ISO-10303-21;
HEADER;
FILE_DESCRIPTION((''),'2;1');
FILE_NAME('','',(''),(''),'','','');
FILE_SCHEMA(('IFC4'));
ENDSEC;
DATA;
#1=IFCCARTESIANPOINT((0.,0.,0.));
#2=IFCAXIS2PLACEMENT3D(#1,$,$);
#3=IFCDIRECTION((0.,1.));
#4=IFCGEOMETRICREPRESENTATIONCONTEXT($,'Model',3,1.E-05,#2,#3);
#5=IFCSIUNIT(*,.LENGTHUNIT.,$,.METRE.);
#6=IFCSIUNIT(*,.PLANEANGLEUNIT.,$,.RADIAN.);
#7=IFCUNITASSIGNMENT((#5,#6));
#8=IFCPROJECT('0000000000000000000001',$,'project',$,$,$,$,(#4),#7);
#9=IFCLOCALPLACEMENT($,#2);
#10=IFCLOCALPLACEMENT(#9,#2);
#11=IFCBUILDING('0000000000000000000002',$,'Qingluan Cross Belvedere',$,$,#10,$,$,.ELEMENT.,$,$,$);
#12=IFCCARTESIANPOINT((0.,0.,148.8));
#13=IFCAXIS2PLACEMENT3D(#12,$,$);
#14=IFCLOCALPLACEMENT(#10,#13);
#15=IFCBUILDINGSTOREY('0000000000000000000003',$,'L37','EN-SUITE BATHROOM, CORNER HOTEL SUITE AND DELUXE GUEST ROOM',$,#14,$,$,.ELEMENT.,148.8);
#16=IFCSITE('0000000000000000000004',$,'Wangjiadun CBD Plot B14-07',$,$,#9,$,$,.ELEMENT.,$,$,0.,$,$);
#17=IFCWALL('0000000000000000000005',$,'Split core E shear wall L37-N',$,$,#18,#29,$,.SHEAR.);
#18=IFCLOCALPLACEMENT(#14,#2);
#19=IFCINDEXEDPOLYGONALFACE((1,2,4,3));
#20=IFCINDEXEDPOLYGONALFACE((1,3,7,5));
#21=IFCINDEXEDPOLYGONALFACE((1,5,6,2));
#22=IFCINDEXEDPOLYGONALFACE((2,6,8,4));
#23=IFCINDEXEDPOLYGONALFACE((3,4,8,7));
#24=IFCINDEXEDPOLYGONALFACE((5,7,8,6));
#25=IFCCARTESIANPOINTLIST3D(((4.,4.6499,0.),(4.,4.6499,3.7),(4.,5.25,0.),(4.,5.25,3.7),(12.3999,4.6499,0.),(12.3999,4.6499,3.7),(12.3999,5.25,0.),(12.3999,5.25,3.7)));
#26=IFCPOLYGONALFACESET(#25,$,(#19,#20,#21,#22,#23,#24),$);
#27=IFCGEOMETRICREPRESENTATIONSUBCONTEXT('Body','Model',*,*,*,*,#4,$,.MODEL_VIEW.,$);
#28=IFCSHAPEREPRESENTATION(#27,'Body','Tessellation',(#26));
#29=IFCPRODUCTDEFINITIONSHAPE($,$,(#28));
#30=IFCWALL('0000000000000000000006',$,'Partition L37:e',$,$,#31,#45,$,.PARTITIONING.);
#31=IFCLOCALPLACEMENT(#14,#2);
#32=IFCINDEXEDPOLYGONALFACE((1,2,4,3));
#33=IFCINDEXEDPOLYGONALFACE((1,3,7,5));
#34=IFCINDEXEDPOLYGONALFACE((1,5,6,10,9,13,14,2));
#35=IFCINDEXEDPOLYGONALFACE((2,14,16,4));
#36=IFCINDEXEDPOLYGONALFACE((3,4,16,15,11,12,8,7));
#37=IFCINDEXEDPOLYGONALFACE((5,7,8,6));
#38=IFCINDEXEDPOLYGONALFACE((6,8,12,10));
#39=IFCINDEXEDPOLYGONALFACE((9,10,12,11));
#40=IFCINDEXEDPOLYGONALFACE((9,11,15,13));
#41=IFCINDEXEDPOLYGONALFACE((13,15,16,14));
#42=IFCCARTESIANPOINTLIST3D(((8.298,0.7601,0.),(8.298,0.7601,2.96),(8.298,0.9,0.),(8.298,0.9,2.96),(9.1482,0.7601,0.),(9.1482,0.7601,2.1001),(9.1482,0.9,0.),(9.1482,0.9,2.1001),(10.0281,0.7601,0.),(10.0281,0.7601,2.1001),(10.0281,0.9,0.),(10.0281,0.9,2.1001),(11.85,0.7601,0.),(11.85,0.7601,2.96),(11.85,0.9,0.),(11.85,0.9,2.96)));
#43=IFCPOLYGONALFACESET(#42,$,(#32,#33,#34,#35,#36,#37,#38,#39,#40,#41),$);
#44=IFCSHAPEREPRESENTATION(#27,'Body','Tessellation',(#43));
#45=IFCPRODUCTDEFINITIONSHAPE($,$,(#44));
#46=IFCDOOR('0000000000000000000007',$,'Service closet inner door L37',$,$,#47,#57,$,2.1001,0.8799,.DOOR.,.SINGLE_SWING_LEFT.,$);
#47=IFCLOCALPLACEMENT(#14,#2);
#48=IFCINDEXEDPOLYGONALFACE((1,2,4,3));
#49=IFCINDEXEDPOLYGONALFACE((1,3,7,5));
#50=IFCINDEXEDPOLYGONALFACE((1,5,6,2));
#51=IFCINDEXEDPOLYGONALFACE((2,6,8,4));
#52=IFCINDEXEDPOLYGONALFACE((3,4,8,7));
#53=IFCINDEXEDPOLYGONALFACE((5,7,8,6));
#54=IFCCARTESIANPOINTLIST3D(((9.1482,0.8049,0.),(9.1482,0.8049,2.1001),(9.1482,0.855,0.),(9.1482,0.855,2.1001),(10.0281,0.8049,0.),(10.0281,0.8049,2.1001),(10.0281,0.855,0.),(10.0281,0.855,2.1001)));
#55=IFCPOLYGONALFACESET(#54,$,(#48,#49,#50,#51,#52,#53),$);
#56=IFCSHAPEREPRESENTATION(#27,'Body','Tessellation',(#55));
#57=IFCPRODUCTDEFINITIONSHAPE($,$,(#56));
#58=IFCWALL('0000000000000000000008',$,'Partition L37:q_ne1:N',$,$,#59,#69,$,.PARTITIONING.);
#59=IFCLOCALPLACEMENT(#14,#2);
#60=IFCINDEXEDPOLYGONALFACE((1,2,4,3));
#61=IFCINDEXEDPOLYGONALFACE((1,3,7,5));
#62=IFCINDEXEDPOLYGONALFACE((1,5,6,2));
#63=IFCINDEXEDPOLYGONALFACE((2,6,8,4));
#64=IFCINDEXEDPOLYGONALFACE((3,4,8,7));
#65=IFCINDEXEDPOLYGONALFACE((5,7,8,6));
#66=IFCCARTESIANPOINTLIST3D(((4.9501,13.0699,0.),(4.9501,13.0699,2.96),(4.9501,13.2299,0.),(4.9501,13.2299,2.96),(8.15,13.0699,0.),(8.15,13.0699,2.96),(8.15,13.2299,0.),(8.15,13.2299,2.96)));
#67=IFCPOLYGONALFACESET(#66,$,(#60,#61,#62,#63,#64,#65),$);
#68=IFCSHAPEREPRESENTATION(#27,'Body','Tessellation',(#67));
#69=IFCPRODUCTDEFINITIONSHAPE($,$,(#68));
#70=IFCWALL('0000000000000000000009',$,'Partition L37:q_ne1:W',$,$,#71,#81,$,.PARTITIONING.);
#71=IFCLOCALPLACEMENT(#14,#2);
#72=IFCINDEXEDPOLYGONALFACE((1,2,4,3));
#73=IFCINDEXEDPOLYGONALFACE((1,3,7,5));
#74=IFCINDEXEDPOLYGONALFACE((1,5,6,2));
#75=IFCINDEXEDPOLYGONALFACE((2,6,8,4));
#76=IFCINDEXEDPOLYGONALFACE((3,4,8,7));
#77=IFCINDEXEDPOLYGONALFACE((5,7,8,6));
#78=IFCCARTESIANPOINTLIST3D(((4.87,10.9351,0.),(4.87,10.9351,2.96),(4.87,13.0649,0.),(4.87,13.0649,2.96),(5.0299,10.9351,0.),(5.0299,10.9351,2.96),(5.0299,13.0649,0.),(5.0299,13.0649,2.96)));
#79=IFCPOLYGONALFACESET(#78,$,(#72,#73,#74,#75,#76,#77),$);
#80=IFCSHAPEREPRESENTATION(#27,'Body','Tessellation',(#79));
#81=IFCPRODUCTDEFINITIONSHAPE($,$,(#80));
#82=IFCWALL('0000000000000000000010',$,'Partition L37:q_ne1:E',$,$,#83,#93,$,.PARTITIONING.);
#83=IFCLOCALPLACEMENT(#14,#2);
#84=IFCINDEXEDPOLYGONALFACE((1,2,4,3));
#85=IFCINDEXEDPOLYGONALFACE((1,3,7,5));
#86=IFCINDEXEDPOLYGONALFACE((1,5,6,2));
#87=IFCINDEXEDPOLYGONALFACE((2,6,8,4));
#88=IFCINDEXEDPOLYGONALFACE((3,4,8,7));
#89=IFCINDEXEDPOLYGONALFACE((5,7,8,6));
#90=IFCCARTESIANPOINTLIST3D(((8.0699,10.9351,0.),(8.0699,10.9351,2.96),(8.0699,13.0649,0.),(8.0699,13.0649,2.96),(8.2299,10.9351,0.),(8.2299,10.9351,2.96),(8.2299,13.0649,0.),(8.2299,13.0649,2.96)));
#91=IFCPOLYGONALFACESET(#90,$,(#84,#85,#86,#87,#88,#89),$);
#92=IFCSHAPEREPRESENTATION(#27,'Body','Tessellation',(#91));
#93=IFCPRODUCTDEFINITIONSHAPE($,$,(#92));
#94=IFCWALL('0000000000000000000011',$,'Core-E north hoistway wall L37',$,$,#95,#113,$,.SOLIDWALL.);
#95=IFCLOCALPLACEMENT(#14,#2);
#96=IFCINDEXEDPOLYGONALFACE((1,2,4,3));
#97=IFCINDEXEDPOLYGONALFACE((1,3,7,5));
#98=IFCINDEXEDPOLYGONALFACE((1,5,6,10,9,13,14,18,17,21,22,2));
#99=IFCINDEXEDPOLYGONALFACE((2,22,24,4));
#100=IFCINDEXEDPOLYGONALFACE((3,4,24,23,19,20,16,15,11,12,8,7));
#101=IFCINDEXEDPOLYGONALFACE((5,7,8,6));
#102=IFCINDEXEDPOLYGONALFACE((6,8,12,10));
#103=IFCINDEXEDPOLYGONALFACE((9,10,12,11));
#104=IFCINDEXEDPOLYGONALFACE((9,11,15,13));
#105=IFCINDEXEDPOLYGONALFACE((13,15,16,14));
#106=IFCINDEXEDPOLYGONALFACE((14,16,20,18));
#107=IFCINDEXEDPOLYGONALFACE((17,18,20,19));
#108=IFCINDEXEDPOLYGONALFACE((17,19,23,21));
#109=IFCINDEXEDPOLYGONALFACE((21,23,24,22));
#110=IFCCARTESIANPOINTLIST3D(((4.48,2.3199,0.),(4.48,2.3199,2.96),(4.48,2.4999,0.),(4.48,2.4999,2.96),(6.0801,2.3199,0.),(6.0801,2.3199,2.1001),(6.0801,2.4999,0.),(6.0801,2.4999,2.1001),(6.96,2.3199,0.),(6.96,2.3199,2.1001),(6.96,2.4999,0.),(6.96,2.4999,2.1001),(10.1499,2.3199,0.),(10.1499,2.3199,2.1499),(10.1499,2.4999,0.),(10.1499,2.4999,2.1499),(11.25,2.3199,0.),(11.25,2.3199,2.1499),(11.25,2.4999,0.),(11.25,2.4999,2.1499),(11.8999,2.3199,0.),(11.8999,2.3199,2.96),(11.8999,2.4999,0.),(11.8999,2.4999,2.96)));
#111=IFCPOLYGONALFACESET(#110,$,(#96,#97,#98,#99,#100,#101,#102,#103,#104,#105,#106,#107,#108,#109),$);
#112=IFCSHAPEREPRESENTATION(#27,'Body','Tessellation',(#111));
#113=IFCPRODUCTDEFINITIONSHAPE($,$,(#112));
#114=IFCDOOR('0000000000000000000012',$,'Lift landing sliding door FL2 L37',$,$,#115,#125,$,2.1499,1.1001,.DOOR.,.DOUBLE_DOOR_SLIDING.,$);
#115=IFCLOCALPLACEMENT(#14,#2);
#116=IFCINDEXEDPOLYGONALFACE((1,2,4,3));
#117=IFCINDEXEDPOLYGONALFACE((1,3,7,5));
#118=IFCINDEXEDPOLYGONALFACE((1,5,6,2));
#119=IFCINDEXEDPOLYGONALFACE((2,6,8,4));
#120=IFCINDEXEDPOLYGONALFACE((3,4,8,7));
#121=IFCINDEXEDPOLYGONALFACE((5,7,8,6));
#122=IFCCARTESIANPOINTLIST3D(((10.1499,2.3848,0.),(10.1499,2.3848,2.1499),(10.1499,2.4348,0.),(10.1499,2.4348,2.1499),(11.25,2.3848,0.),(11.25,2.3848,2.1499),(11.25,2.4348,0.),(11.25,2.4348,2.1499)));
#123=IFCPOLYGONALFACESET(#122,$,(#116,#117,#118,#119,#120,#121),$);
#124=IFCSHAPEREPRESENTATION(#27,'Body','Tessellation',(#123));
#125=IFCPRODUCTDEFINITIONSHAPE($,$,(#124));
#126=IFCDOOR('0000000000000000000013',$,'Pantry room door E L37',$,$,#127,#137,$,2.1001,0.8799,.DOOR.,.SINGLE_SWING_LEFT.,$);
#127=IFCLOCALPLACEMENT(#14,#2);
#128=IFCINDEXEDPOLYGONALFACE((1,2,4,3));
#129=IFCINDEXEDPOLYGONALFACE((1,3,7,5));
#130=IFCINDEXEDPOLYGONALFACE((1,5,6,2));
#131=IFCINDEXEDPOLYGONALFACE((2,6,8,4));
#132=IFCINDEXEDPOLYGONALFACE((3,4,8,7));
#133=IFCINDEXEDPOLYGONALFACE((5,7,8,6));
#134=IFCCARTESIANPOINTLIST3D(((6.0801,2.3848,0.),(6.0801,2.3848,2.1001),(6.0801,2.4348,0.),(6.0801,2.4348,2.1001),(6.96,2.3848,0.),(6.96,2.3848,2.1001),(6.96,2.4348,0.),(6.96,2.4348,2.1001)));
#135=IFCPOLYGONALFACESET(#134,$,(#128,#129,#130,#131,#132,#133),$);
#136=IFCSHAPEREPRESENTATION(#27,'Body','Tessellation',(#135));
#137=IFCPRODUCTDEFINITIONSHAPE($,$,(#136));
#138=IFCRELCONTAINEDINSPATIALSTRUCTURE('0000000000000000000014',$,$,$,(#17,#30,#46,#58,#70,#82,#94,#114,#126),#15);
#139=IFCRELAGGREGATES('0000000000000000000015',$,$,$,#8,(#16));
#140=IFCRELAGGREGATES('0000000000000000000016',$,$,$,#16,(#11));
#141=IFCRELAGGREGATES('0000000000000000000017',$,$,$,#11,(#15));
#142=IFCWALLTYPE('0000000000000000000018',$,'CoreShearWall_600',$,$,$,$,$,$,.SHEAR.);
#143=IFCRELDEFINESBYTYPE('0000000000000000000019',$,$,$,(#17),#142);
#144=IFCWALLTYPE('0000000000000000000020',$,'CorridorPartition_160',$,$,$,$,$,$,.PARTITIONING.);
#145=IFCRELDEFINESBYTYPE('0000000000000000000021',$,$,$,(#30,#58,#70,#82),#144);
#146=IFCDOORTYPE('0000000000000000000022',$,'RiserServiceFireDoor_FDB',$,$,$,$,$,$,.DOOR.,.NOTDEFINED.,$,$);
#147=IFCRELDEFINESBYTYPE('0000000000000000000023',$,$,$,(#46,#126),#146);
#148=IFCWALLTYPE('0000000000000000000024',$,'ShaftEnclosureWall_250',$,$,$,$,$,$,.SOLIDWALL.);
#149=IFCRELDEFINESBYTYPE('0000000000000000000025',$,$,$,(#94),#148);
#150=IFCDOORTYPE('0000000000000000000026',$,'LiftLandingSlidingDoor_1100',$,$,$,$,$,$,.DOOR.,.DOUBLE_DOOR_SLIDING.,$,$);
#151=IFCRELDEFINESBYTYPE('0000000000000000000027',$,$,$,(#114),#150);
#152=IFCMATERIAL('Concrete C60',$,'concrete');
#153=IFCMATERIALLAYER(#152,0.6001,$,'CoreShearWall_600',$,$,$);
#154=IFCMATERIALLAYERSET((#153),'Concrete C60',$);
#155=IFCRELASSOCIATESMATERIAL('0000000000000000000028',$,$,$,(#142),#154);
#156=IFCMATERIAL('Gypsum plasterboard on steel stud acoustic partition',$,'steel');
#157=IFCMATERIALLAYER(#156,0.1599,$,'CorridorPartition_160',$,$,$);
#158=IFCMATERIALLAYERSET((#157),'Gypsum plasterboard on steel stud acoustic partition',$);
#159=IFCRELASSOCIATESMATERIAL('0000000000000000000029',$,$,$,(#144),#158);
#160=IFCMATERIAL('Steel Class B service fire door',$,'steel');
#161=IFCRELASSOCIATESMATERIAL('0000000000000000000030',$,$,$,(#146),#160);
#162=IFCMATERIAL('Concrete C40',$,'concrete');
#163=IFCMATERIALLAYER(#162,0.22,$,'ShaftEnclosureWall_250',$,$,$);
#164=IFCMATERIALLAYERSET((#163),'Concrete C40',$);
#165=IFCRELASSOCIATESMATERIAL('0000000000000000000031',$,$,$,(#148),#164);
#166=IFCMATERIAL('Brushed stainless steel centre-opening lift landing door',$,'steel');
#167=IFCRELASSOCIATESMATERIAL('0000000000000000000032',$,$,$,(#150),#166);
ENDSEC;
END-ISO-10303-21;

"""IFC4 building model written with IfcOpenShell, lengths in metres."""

from ifc_helpers import new_model, si_unit, direction, frame, frame_2d, origin, place, context, subcontext, project, spatial, rectangle, extrude, material, layer, layer_set, type_object, element, fill, save


model = new_model("IFC4")

# Units and contexts
model_context = context("Model", 3, precision=1e-05, world=origin(), true_north=direction((0.0, 1.0)))
body_context = subcontext(model_context, "Body", "Model", "MODEL_VIEW")
ifc_project = project(units=[si_unit("LENGTHUNIT", "METRE"), si_unit("PLANEANGLEUNIT", "RADIAN")], contexts=[model_context])

# Site, building, storey
site_placement = place(None, origin())
site = spatial("IfcSite", under=ifc_project, at=site_placement, Name="Wangjiadun CBD Plot B14-07", CompositionType="ELEMENT", RefElevation=0.0)
building_placement = place(site_placement, origin())
building = spatial("IfcBuilding", under=site, at=building_placement, Name="Qingluan Cross Belvedere", CompositionType="ELEMENT")
storey_placement = place(building_placement, frame((0.0, 0.0, 148.8)))
storey = spatial("IfcBuildingStorey", under=building, at=storey_placement, Name="L37", Description="EN-SUITE BATHROOM, CORNER HOTEL SUITE AND DELUXE GUEST ROOM", CompositionType="ELEMENT", Elevation=148.8)

# Wall
ifc_material_1 = material(Name="Concrete C60", Category="concrete")
ifc_layer_1 = layer(ifc_material_1, 0.6001, Name="CoreShearWall_600")
ifc_layer_set_1 = layer_set([ifc_layer_1], Name="Concrete C60")
wall_type_1 = type_object("IfcWallType", Name="CoreShearWall_600", PredefinedType="SHEAR", material=ifc_layer_set_1)
wall_1_placement = place(storey_placement, frame((4.0, 4.95, 0.0), z_axis=(0.0, 0.0, 1.0), x_axis=(1.0, 0.0, 0.0)))
element("IfcWall", 1, at=wall_1_placement, inside=storey, type_object=wall_type_1, Name="Split core E shear wall L37-N", PredefinedType="SHEAR", context=body_context, shape_type="SweptSolid", body=[
    extrude(rectangle(XDim=8.3999, YDim=0.6001, at=frame_2d((4.2, 0.0))), origin(), (0.0, 0.0, 1.0), 3.7),
])

# Wall, opening, door
ifc_material_2 = material(Name="Gypsum plasterboard on steel stud acoustic partition", Category="steel")
ifc_layer_2 = layer(ifc_material_2, 0.1599, Name="CorridorPartition_160")
ifc_layer_set_2 = layer_set([ifc_layer_2], Name="Gypsum plasterboard on steel stud acoustic partition")
wall_type_2 = type_object("IfcWallType", Name="CorridorPartition_160", PredefinedType="PARTITIONING", material=ifc_layer_set_2)
wall_2_placement = place(storey_placement, frame((8.2981, 0.8301, 0.0), z_axis=(0.0, 0.0, 1.0), x_axis=(1.0, 0.0, 0.0)))
wall_2 = element("IfcWall", 2, at=wall_2_placement, inside=storey, type_object=wall_type_2, Name="Partition L37:e", PredefinedType="PARTITIONING", context=body_context, shape_type="SweptSolid", body=[
    extrude(rectangle(XDim=3.552, YDim=0.1399, at=frame_2d((1.7759, 0.0))), origin(), (0.0, 0.0, 1.0), 2.96),
])
opening_1_placement = place(wall_2_placement, frame((0.8501, 0.0, 0.0)))
opening_1 = element("IfcOpeningElement", 3, at=opening_1_placement, cuts=wall_2, PredefinedType="OPENING", context=body_context, shape_type="SweptSolid", body=[
    extrude(rectangle(XDim=0.8799, YDim=2.1001, at=frame_2d((0.4399, 1.05))), frame((0.0, 0.0798, 0.0), z_axis=(0.0, -1.0, 0.0), x_axis=(1.0, 0.0, 0.0)), (0.0, 0.0, 1.0), 0.1599),
])
ifc_material_3 = material(Name="Steel Class B service fire door", Category="steel")
door_type_1 = type_object("IfcDoorType", Name="RiserServiceFireDoor_FDB", OperationType="NOTDEFINED", PredefinedType="DOOR", material=ifc_material_3)
door_1_placement = place(opening_1_placement, origin())
door_1 = element("IfcDoor", 4, at=door_1_placement, inside=storey, type_object=door_type_1, Name="Service closet inner door L37", OperationType="SINGLE_SWING_LEFT", OverallHeight=2.1001, OverallWidth=0.8799, PredefinedType="DOOR", context=body_context, shape_type="SweptSolid", body=[
    extrude(rectangle(XDim=0.8799, YDim=2.1001, at=frame_2d((0.4399, 1.05))), frame((0.0, 0.0249, 0.0), z_axis=(0.0, -1.0, 0.0), x_axis=(1.0, 0.0, 0.0)), (0.0, 0.0, 1.0), 0.05),
])
fill(opening_1, door_1)

# Walls
wall_3_placement = place(storey_placement, frame((4.95, 13.1499, 0.0), z_axis=(0.0, 0.0, 1.0), x_axis=(1.0, 0.0, 0.0)))
element("IfcWall", 5, at=wall_3_placement, inside=storey, type_object=wall_type_2, Name="Partition L37:q_ne1:N", PredefinedType="PARTITIONING", context=body_context, shape_type="SweptSolid", body=[
    extrude(rectangle(XDim=3.2, YDim=0.1599, at=frame_2d((1.6001, 0.0))), origin(), (0.0, 0.0, 1.0), 2.96),
])
for number, where, z_axis, x_axis, name in (
    (6, (4.95, 10.9351, 0.0), (0.0, 0.0, 1.0), (0.0, 1.0, 0.0), "Partition L37:q_ne1:W"),
    (7, (8.1499, 10.9351, 0.0), (0.0, 0.0, 1.0), (0.0, 1.0, 0.0), "Partition L37:q_ne1:E"),
):
    element("IfcWall", number, at=place(storey_placement, frame(where, z_axis=z_axis, x_axis=x_axis)), inside=storey, type_object=wall_type_2, Name=name, PredefinedType="PARTITIONING", context=body_context, shape_type="SweptSolid", body=[
        extrude(rectangle(XDim=2.1299, YDim=0.1599, at=frame_2d((1.0649, 0.0))), origin(), (0.0, 0.0, 1.0), 2.96),
    ])

# Wall, openings, doors
ifc_material_4 = material(Name="Concrete C40", Category="concrete")
ifc_layer_3 = layer(ifc_material_4, 0.22, Name="ShaftEnclosureWall_250")
ifc_layer_set_3 = layer_set([ifc_layer_3], Name="Concrete C40")
wall_type_3 = type_object("IfcWallType", Name="ShaftEnclosureWall_250", PredefinedType="SOLIDWALL", material=ifc_layer_set_3)
wall_4_placement = place(storey_placement, frame((4.48, 2.4099, 0.0), z_axis=(0.0, 0.0, 1.0), x_axis=(1.0, 0.0, 0.0)))
wall_4 = element("IfcWall", 8, at=wall_4_placement, inside=storey, type_object=wall_type_3, Name="Core-E north hoistway wall L37", PredefinedType="SOLIDWALL", context=body_context, shape_type="SweptSolid", body=[
    extrude(rectangle(XDim=7.4199, YDim=0.1799, at=frame_2d((3.71, 0.0))), origin(), (0.0, 0.0, 1.0), 2.96),
])
opening_2_placement = place(wall_4_placement, frame((5.6699, 0.0, 0.0)))
opening_2 = element("IfcOpeningElement", 9, at=opening_2_placement, cuts=wall_4, PredefinedType="OPENING", context=body_context, shape_type="SweptSolid", body=[
    extrude(rectangle(XDim=1.1001, YDim=2.1499, at=frame_2d((0.55, 1.075))), frame((0.0, 0.0999, 0.0), z_axis=(0.0, -1.0, 0.0), x_axis=(1.0, 0.0, 0.0)), (0.0, 0.0, 1.0), 0.2),
])
opening_3_placement = place(wall_4_placement, frame((1.6001, 0.0, 0.0)))
opening_3 = element("IfcOpeningElement", 10, at=opening_3_placement, cuts=wall_4, PredefinedType="OPENING", context=body_context, shape_type="SweptSolid", body=[
    extrude(rectangle(XDim=0.8799, YDim=2.1001, at=frame_2d((0.4399, 1.05))), frame((0.0, 0.0999, 0.0), z_axis=(0.0, -1.0, 0.0), x_axis=(1.0, 0.0, 0.0)), (0.0, 0.0, 1.0), 0.2),
])
ifc_material_5 = material(Name="Brushed stainless steel centre-opening lift landing door", Category="steel")
door_type_2 = type_object("IfcDoorType", Name="LiftLandingSlidingDoor_1100", OperationType="DOUBLE_DOOR_SLIDING", PredefinedType="DOOR", material=ifc_material_5)
door_2_placement = place(opening_2_placement, origin())
door_2 = element("IfcDoor", 11, at=door_2_placement, inside=storey, type_object=door_type_2, Name="Lift landing sliding door FL2 L37", OperationType="DOUBLE_DOOR_SLIDING", OverallHeight=2.1499, OverallWidth=1.1001, PredefinedType="DOOR", context=body_context, shape_type="SweptSolid", body=[
    extrude(rectangle(XDim=1.1001, YDim=2.1499, at=frame_2d((0.55, 1.075))), frame((0.0, 0.0249, 0.0), z_axis=(0.0, -1.0, 0.0), x_axis=(1.0, 0.0, 0.0)), (0.0, 0.0, 1.0), 0.05),
])
fill(opening_2, door_2)
door_3_placement = place(opening_3_placement, origin())
door_3 = element("IfcDoor", 12, at=door_3_placement, inside=storey, type_object=door_type_1, Name="Pantry room door E L37", OperationType="SINGLE_SWING_LEFT", OverallHeight=2.1001, OverallWidth=0.8799, PredefinedType="DOOR", context=body_context, shape_type="SweptSolid", body=[
    extrude(rectangle(XDim=0.8799, YDim=2.1001, at=frame_2d((0.4399, 1.05))), frame((0.0, 0.0249, 0.0), z_axis=(0.0, -1.0, 0.0), x_axis=(1.0, 0.0, 0.0)), (0.0, 0.0, 1.0), 0.05),
])
fill(opening_3, door_3)

save(model, "model.ifc")
